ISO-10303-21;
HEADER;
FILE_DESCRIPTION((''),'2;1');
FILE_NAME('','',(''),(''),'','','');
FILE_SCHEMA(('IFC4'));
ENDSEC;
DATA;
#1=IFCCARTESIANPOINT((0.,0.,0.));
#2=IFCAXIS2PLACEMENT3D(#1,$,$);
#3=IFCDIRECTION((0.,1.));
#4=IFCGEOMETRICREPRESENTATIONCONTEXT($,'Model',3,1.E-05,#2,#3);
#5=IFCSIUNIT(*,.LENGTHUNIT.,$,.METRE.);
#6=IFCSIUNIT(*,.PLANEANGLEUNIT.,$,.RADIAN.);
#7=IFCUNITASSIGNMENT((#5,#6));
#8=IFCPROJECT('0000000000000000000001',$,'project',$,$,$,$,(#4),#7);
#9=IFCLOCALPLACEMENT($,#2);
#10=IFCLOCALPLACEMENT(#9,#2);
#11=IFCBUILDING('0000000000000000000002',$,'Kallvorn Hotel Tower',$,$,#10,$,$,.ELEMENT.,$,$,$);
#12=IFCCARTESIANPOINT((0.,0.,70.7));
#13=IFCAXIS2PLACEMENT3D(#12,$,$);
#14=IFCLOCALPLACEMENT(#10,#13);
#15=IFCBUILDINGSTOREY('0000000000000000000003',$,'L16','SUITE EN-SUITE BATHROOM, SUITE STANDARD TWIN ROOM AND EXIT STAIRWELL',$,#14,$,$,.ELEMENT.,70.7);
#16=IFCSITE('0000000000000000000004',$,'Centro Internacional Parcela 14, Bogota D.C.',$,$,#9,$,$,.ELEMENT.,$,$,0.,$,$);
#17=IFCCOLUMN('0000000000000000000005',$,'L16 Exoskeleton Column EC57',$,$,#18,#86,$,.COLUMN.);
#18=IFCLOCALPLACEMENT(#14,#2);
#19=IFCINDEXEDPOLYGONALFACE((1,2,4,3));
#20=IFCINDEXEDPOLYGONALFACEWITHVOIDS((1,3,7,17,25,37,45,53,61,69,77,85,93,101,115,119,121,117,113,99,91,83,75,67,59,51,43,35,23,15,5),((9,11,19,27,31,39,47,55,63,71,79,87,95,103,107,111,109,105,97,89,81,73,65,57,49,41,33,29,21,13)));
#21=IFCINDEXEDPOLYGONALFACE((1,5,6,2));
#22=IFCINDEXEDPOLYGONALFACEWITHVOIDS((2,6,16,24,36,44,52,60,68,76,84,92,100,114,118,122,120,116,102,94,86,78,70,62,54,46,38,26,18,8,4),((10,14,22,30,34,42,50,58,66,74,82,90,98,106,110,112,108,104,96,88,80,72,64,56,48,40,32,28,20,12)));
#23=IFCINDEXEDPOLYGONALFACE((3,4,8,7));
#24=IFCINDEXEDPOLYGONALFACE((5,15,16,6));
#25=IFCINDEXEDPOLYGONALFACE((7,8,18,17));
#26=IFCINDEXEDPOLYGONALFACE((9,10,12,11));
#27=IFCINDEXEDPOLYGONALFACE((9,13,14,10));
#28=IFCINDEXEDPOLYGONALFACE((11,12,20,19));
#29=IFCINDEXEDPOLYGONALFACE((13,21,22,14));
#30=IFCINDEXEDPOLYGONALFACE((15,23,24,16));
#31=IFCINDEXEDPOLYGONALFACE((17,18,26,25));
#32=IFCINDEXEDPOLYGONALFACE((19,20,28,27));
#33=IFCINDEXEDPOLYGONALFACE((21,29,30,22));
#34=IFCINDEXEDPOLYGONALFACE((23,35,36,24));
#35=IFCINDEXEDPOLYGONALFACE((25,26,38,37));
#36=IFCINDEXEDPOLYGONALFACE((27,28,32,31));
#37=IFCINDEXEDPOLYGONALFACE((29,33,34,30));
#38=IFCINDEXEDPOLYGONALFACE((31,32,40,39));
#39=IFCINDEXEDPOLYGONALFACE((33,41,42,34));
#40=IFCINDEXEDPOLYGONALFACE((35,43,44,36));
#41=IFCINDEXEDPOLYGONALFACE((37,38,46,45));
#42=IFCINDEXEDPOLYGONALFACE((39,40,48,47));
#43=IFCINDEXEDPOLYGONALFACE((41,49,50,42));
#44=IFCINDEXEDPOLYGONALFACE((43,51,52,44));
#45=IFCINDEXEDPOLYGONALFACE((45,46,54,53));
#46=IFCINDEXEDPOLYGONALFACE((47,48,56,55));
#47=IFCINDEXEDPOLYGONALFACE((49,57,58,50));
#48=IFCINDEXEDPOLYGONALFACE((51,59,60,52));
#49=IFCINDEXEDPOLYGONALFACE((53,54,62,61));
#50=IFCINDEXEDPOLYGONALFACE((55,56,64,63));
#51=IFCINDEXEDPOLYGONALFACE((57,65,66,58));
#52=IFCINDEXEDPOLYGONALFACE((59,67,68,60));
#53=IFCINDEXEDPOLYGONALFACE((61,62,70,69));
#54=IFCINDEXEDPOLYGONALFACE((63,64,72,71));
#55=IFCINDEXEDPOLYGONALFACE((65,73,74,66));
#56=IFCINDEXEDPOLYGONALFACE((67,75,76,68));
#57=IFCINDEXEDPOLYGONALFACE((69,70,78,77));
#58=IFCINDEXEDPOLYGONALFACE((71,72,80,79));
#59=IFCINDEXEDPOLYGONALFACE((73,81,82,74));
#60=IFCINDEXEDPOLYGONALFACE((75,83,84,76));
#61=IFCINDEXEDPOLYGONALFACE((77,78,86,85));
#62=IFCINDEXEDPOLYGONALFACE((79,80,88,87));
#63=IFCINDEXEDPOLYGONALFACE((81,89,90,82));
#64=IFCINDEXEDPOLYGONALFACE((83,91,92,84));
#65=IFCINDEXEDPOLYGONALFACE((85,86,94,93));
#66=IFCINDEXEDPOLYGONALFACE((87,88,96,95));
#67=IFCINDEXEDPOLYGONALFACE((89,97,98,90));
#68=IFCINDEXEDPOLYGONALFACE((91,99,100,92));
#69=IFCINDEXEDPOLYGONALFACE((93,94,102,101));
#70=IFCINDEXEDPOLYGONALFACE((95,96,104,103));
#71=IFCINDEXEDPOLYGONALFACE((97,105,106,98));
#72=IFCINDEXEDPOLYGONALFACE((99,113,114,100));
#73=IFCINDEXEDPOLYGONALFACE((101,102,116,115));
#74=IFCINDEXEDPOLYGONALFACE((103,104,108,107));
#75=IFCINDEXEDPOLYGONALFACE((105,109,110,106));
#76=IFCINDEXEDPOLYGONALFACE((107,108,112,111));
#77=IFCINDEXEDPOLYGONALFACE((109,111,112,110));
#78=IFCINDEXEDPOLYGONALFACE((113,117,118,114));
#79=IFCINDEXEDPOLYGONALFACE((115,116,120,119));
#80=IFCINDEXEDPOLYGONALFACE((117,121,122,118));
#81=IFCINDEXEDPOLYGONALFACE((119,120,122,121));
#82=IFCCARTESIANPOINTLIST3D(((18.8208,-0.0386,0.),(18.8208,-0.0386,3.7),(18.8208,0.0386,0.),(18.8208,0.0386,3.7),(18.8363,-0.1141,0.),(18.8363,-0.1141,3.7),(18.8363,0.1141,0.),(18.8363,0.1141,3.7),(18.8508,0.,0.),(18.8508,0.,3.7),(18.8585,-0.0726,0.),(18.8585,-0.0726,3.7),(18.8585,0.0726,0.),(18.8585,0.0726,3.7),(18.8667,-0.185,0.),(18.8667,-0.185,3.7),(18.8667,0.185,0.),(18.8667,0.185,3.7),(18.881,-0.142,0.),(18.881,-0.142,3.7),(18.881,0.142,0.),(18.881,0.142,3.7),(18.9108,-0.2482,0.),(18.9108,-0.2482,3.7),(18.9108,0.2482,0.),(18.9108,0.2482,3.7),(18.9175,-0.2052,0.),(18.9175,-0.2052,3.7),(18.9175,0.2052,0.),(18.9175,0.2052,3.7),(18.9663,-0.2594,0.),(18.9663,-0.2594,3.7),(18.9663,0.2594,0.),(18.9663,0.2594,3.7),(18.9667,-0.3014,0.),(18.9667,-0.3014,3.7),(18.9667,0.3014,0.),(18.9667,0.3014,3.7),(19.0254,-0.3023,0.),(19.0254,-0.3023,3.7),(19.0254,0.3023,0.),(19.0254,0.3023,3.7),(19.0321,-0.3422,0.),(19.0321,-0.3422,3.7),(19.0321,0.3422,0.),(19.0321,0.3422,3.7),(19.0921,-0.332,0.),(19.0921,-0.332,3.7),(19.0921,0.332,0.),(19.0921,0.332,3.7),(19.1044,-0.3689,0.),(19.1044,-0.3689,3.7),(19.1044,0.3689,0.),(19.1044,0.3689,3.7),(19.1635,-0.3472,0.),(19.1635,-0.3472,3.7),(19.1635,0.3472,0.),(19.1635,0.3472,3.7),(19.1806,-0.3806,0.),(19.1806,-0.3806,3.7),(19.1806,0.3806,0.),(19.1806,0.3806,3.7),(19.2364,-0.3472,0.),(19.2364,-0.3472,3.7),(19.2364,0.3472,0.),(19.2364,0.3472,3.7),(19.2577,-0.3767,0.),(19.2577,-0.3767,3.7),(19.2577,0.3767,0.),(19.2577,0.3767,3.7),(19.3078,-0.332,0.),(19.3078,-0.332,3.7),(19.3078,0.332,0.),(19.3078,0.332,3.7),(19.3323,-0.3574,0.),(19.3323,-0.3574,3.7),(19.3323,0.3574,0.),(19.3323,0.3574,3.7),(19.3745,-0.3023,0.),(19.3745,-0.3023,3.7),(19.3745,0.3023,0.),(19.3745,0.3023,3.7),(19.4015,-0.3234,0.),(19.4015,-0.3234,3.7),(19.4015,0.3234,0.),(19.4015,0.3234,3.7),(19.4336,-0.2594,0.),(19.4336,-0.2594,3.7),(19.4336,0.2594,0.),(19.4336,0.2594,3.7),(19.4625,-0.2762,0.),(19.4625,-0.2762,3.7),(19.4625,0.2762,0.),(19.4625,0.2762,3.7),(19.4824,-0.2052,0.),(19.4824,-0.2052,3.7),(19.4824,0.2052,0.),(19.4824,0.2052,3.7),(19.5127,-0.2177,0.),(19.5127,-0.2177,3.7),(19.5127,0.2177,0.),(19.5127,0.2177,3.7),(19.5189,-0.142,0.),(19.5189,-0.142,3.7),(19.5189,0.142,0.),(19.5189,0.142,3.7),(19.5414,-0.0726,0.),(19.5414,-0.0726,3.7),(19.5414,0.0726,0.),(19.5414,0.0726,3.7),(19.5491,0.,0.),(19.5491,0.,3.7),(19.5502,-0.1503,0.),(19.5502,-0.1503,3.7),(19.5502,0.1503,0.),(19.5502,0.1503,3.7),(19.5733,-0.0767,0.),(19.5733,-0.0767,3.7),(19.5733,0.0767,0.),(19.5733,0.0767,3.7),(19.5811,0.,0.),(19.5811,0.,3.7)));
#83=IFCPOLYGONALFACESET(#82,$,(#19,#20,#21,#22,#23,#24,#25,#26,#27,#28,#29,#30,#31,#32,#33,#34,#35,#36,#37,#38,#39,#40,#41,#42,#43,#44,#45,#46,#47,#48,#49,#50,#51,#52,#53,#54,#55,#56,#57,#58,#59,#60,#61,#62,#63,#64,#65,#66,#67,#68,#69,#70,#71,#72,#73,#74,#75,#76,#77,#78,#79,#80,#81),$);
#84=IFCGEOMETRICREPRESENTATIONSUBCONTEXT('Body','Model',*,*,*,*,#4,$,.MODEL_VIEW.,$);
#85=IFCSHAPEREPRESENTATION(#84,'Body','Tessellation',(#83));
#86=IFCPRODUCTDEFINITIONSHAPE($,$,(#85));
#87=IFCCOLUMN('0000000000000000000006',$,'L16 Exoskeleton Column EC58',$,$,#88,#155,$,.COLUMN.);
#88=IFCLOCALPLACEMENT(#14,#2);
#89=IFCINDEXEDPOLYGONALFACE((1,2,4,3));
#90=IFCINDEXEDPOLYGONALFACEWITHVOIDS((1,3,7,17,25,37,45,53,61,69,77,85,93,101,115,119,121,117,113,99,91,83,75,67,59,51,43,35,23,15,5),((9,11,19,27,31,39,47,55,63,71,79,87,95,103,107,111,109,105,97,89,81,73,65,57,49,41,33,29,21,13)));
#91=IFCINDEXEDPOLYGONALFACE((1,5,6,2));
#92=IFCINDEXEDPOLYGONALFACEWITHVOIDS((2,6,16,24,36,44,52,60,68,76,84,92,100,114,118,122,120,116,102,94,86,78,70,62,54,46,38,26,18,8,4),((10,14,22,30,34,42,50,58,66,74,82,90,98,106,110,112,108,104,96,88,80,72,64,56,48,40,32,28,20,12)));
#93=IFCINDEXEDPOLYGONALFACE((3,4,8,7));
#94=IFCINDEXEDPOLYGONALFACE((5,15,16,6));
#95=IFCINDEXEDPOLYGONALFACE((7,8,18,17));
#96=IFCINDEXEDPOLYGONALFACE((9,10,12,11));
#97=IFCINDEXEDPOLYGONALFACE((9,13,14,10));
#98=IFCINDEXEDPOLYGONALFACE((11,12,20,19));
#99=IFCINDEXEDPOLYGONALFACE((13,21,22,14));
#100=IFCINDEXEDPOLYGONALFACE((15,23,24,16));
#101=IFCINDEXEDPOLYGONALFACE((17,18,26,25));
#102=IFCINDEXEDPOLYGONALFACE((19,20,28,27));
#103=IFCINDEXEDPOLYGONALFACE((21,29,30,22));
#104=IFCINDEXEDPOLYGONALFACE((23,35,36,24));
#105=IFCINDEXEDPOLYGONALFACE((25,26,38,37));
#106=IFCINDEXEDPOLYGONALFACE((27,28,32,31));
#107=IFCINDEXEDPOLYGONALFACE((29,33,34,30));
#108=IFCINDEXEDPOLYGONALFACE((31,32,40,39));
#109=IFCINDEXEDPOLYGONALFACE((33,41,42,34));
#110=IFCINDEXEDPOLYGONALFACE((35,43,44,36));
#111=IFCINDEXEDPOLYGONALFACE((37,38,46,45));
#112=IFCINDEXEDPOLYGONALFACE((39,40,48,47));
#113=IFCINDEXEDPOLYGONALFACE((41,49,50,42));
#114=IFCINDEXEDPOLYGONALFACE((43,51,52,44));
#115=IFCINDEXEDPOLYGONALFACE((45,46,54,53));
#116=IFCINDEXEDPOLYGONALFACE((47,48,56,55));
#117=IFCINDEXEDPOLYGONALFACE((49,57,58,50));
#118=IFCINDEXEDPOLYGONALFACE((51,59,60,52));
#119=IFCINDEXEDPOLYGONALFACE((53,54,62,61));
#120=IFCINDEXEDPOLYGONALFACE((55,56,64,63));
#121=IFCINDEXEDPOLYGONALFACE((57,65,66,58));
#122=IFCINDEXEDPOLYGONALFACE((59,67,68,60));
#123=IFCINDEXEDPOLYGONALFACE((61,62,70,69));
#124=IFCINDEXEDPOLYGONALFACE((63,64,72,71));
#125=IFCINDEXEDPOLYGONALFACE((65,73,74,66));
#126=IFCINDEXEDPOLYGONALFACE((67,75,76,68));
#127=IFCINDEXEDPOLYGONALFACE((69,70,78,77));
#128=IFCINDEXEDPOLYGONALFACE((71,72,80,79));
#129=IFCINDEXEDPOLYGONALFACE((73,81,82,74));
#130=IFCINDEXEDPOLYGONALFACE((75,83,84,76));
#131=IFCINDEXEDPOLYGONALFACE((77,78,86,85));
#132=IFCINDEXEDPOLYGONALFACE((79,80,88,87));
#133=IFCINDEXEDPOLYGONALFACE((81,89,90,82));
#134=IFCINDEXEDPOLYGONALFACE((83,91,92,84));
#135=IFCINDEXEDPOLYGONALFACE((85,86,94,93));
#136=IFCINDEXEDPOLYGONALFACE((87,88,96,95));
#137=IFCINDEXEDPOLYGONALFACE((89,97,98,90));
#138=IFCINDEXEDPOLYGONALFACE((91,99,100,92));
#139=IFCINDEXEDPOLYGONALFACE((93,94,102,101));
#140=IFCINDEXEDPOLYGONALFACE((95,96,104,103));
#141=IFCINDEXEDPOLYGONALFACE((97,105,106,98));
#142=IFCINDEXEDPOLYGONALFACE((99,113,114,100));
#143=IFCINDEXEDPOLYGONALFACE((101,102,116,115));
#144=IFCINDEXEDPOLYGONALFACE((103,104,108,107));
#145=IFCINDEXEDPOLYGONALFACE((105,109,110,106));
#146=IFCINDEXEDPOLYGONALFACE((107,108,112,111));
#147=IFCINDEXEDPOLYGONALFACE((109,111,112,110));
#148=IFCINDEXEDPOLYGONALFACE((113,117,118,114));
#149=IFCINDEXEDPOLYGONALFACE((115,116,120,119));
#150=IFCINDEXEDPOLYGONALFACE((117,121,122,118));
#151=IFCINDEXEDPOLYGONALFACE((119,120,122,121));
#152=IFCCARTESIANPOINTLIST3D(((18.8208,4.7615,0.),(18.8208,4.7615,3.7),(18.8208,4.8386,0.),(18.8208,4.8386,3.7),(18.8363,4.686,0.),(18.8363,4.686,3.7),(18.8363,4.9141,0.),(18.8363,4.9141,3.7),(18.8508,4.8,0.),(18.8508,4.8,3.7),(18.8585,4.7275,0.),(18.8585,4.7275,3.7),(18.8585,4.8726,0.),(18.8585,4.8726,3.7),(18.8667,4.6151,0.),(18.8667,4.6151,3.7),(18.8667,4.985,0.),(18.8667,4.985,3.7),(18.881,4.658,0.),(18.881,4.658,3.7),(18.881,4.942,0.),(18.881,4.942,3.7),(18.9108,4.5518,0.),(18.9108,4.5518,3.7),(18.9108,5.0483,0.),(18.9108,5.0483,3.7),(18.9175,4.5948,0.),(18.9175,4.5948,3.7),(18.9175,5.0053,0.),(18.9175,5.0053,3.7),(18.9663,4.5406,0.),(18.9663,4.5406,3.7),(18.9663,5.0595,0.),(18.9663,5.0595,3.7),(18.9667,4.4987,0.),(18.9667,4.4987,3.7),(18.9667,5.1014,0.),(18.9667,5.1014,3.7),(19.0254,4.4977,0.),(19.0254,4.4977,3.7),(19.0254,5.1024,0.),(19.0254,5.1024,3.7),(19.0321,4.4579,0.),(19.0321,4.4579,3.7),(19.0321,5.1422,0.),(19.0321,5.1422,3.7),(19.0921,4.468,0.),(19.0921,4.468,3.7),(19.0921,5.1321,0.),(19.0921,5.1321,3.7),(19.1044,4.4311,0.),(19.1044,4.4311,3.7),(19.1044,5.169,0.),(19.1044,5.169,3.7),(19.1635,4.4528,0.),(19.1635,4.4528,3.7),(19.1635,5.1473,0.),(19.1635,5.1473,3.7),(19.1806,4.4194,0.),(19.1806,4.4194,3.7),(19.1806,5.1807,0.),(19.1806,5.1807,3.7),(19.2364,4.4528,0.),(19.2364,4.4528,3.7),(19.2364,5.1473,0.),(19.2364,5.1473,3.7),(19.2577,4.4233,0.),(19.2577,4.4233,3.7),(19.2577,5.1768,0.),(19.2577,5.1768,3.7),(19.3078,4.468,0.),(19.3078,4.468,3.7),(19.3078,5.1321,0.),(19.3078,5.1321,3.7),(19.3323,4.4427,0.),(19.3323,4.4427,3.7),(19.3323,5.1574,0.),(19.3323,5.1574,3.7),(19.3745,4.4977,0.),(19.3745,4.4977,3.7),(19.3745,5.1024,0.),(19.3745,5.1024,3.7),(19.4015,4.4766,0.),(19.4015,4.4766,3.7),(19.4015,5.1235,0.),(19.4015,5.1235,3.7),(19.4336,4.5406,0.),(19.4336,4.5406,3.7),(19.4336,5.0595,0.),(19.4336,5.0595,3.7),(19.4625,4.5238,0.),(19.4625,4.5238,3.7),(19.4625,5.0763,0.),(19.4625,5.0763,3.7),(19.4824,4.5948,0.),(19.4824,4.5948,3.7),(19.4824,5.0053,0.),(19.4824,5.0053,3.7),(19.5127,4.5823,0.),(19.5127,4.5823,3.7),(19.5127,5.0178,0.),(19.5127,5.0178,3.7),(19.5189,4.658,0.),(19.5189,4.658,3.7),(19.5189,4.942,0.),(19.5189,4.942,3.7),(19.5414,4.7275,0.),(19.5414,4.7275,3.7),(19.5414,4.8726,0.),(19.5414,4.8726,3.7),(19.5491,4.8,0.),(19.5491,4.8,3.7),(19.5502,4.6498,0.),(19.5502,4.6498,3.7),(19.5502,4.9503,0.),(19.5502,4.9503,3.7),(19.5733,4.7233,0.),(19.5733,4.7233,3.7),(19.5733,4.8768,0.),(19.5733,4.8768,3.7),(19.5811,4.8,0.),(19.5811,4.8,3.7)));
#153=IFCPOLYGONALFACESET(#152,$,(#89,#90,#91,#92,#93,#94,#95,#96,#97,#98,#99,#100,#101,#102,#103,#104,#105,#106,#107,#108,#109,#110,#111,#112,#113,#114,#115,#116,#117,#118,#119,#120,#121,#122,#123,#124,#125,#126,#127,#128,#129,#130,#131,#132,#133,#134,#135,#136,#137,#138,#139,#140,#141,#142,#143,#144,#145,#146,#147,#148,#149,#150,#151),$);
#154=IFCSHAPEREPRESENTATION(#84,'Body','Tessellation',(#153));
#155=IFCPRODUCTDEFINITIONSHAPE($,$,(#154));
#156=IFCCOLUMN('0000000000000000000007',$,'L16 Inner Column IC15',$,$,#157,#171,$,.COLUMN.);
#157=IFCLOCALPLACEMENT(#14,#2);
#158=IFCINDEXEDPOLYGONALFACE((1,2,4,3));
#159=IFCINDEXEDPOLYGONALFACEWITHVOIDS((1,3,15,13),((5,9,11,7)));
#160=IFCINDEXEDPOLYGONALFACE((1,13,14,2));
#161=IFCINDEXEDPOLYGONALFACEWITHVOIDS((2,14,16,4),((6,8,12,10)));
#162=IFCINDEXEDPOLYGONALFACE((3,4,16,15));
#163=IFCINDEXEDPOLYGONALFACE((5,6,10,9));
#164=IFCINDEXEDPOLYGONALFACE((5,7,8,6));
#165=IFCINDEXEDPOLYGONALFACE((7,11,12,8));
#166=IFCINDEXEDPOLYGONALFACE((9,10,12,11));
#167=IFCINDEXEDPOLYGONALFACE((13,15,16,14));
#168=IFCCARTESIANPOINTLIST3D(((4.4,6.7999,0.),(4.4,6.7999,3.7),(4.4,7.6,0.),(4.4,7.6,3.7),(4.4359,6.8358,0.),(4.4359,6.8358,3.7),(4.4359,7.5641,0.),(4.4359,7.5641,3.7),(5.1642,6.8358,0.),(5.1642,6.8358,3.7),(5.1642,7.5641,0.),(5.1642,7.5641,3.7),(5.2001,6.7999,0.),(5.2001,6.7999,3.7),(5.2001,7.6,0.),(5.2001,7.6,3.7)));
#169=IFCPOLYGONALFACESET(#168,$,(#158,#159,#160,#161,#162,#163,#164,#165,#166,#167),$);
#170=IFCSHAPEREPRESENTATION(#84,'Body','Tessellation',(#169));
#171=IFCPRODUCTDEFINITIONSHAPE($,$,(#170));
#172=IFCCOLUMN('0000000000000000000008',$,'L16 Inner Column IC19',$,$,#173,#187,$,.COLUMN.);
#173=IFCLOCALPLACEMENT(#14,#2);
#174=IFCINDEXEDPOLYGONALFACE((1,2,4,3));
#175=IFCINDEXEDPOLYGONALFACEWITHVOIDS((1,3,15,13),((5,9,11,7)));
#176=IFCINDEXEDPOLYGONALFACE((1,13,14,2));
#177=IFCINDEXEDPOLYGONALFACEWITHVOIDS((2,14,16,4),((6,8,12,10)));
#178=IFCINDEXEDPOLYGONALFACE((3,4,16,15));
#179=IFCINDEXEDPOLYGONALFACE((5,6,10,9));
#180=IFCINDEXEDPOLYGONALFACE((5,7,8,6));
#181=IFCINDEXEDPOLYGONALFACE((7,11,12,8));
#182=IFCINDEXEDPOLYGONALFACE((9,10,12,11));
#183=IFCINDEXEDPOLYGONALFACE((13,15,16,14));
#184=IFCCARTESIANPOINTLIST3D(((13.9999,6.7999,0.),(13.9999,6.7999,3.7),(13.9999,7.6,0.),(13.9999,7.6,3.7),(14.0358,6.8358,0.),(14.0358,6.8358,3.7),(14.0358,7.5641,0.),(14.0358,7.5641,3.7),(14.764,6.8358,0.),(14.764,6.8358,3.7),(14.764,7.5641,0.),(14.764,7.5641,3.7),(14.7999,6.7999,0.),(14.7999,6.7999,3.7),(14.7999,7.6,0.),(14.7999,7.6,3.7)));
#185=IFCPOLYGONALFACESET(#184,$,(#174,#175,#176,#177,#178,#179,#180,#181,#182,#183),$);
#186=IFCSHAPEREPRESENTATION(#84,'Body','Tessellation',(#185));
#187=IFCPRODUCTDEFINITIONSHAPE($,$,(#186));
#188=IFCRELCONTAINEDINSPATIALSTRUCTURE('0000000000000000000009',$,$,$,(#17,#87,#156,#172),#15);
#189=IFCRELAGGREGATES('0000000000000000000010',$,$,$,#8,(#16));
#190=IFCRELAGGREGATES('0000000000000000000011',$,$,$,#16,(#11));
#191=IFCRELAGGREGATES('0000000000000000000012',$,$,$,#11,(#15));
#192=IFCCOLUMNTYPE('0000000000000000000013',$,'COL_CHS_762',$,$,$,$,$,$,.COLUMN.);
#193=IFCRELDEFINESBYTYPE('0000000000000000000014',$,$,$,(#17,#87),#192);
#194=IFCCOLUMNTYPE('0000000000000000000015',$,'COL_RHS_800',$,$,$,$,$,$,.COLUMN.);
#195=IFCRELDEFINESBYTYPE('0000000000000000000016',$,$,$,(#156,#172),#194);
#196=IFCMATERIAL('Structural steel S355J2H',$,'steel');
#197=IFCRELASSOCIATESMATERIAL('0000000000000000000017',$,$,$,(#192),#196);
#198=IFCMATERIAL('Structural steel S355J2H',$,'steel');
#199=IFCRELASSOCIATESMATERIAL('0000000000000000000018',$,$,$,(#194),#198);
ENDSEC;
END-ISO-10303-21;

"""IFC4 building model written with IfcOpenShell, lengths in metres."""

from ifc_helpers import new_model, si_unit, direction, frame, origin, origin_2d, place, context, subcontext, project, spatial, hollow_rectangle, hollow_circle, extrude, material, material_profile, profile_set, type_object, element, save


model = new_model("IFC4")

# Units and contexts
model_context = context("Model", 3, precision=1e-05, world=origin(), true_north=direction((0.0, 1.0)))
body_context = subcontext(model_context, "Body", "Model", "MODEL_VIEW")
ifc_project = project(units=[si_unit("LENGTHUNIT", "METRE"), si_unit("PLANEANGLEUNIT", "RADIAN")], contexts=[model_context])

# Site, building, storey
site_placement = place(None, origin())
site = spatial("IfcSite", under=ifc_project, at=site_placement, Name="Centro Internacional Parcela 14, Bogota D.C.", CompositionType="ELEMENT", RefElevation=0.0)
building_placement = place(site_placement, origin())
building = spatial("IfcBuilding", under=site, at=building_placement, Name="Kallvorn Hotel Tower", CompositionType="ELEMENT")
storey_placement = place(building_placement, frame((0.0, 0.0, 70.7)))
storey = spatial("IfcBuildingStorey", under=building, at=storey_placement, Name="L16", Description="SUITE EN-SUITE BATHROOM, SUITE STANDARD TWIN ROOM AND EXIT STAIRWELL", CompositionType="ELEMENT", Elevation=70.7)

# Columns
ifc_material_1 = material(Name="Structural steel S355J2H", Category="steel")
ifc_material_profile_1 = material_profile(ifc_material_1, hollow_circle(Radius=0.3811, WallThickness=0.032, at=origin_2d()), Name="CHS 762x32")
ifc_profile_set_1 = profile_set([ifc_material_profile_1], Name="Structural steel S355J2H")
column_type_1 = type_object("IfcColumnType", Name="COL_CHS_762", PredefinedType="COLUMN", material=ifc_profile_set_1)
for number, where, z_axis, x_axis, name in (
    (1, (19.2, 0.0, 0.0), (0.0, 0.0, 1.0), (1.0, 0.0, 0.0), "L16 Exoskeleton Column EC57"),
    (2, (19.2, 4.8, 0.0), (0.0, 0.0, 1.0), (1.0, 0.0, 0.0), "L16 Exoskeleton Column EC58"),
):
    element("IfcColumn", number, at=place(storey_placement, frame(where, z_axis=z_axis, x_axis=x_axis)), inside=storey, type_object=column_type_1, Name=name, PredefinedType="COLUMN", context=body_context, shape_type="SweptSolid", body=[
        extrude(hollow_circle(Radius=0.3811, WallThickness=0.032, at=origin_2d()), origin(), (0.0, 0.0, 1.0), 3.7),
    ])
ifc_material_2 = material(Name="Structural steel S355J2H", Category="steel")
ifc_material_profile_2 = material_profile(ifc_material_2, hollow_rectangle(XDim=0.8, YDim=0.8, WallThickness=0.0359, at=origin_2d()), Name="RHS 800x800x36")
ifc_profile_set_2 = profile_set([ifc_material_profile_2], Name="Structural steel S355J2H")
column_type_2 = type_object("IfcColumnType", Name="COL_RHS_800", PredefinedType="COLUMN", material=ifc_profile_set_2)
for number, where, z_axis, x_axis, name in (
    (3, (4.8, 7.2, 0.0), (0.0, 0.0, 1.0), (1.0, 0.0, 0.0), "L16 Inner Column IC15"),
    (4, (14.3999, 7.2, 0.0), (0.0, 0.0, 1.0), (1.0, 0.0, 0.0), "L16 Inner Column IC19"),
):
    element("IfcColumn", number, at=place(storey_placement, frame(where, z_axis=z_axis, x_axis=x_axis)), inside=storey, type_object=column_type_2, Name=name, PredefinedType="COLUMN", context=body_context, shape_type="SweptSolid", body=[
        extrude(hollow_rectangle(XDim=0.8, YDim=0.8, WallThickness=0.0359, at=origin_2d()), origin(), (0.0, 0.0, 1.0), 3.7),
    ])

save(model, "model.ifc")
